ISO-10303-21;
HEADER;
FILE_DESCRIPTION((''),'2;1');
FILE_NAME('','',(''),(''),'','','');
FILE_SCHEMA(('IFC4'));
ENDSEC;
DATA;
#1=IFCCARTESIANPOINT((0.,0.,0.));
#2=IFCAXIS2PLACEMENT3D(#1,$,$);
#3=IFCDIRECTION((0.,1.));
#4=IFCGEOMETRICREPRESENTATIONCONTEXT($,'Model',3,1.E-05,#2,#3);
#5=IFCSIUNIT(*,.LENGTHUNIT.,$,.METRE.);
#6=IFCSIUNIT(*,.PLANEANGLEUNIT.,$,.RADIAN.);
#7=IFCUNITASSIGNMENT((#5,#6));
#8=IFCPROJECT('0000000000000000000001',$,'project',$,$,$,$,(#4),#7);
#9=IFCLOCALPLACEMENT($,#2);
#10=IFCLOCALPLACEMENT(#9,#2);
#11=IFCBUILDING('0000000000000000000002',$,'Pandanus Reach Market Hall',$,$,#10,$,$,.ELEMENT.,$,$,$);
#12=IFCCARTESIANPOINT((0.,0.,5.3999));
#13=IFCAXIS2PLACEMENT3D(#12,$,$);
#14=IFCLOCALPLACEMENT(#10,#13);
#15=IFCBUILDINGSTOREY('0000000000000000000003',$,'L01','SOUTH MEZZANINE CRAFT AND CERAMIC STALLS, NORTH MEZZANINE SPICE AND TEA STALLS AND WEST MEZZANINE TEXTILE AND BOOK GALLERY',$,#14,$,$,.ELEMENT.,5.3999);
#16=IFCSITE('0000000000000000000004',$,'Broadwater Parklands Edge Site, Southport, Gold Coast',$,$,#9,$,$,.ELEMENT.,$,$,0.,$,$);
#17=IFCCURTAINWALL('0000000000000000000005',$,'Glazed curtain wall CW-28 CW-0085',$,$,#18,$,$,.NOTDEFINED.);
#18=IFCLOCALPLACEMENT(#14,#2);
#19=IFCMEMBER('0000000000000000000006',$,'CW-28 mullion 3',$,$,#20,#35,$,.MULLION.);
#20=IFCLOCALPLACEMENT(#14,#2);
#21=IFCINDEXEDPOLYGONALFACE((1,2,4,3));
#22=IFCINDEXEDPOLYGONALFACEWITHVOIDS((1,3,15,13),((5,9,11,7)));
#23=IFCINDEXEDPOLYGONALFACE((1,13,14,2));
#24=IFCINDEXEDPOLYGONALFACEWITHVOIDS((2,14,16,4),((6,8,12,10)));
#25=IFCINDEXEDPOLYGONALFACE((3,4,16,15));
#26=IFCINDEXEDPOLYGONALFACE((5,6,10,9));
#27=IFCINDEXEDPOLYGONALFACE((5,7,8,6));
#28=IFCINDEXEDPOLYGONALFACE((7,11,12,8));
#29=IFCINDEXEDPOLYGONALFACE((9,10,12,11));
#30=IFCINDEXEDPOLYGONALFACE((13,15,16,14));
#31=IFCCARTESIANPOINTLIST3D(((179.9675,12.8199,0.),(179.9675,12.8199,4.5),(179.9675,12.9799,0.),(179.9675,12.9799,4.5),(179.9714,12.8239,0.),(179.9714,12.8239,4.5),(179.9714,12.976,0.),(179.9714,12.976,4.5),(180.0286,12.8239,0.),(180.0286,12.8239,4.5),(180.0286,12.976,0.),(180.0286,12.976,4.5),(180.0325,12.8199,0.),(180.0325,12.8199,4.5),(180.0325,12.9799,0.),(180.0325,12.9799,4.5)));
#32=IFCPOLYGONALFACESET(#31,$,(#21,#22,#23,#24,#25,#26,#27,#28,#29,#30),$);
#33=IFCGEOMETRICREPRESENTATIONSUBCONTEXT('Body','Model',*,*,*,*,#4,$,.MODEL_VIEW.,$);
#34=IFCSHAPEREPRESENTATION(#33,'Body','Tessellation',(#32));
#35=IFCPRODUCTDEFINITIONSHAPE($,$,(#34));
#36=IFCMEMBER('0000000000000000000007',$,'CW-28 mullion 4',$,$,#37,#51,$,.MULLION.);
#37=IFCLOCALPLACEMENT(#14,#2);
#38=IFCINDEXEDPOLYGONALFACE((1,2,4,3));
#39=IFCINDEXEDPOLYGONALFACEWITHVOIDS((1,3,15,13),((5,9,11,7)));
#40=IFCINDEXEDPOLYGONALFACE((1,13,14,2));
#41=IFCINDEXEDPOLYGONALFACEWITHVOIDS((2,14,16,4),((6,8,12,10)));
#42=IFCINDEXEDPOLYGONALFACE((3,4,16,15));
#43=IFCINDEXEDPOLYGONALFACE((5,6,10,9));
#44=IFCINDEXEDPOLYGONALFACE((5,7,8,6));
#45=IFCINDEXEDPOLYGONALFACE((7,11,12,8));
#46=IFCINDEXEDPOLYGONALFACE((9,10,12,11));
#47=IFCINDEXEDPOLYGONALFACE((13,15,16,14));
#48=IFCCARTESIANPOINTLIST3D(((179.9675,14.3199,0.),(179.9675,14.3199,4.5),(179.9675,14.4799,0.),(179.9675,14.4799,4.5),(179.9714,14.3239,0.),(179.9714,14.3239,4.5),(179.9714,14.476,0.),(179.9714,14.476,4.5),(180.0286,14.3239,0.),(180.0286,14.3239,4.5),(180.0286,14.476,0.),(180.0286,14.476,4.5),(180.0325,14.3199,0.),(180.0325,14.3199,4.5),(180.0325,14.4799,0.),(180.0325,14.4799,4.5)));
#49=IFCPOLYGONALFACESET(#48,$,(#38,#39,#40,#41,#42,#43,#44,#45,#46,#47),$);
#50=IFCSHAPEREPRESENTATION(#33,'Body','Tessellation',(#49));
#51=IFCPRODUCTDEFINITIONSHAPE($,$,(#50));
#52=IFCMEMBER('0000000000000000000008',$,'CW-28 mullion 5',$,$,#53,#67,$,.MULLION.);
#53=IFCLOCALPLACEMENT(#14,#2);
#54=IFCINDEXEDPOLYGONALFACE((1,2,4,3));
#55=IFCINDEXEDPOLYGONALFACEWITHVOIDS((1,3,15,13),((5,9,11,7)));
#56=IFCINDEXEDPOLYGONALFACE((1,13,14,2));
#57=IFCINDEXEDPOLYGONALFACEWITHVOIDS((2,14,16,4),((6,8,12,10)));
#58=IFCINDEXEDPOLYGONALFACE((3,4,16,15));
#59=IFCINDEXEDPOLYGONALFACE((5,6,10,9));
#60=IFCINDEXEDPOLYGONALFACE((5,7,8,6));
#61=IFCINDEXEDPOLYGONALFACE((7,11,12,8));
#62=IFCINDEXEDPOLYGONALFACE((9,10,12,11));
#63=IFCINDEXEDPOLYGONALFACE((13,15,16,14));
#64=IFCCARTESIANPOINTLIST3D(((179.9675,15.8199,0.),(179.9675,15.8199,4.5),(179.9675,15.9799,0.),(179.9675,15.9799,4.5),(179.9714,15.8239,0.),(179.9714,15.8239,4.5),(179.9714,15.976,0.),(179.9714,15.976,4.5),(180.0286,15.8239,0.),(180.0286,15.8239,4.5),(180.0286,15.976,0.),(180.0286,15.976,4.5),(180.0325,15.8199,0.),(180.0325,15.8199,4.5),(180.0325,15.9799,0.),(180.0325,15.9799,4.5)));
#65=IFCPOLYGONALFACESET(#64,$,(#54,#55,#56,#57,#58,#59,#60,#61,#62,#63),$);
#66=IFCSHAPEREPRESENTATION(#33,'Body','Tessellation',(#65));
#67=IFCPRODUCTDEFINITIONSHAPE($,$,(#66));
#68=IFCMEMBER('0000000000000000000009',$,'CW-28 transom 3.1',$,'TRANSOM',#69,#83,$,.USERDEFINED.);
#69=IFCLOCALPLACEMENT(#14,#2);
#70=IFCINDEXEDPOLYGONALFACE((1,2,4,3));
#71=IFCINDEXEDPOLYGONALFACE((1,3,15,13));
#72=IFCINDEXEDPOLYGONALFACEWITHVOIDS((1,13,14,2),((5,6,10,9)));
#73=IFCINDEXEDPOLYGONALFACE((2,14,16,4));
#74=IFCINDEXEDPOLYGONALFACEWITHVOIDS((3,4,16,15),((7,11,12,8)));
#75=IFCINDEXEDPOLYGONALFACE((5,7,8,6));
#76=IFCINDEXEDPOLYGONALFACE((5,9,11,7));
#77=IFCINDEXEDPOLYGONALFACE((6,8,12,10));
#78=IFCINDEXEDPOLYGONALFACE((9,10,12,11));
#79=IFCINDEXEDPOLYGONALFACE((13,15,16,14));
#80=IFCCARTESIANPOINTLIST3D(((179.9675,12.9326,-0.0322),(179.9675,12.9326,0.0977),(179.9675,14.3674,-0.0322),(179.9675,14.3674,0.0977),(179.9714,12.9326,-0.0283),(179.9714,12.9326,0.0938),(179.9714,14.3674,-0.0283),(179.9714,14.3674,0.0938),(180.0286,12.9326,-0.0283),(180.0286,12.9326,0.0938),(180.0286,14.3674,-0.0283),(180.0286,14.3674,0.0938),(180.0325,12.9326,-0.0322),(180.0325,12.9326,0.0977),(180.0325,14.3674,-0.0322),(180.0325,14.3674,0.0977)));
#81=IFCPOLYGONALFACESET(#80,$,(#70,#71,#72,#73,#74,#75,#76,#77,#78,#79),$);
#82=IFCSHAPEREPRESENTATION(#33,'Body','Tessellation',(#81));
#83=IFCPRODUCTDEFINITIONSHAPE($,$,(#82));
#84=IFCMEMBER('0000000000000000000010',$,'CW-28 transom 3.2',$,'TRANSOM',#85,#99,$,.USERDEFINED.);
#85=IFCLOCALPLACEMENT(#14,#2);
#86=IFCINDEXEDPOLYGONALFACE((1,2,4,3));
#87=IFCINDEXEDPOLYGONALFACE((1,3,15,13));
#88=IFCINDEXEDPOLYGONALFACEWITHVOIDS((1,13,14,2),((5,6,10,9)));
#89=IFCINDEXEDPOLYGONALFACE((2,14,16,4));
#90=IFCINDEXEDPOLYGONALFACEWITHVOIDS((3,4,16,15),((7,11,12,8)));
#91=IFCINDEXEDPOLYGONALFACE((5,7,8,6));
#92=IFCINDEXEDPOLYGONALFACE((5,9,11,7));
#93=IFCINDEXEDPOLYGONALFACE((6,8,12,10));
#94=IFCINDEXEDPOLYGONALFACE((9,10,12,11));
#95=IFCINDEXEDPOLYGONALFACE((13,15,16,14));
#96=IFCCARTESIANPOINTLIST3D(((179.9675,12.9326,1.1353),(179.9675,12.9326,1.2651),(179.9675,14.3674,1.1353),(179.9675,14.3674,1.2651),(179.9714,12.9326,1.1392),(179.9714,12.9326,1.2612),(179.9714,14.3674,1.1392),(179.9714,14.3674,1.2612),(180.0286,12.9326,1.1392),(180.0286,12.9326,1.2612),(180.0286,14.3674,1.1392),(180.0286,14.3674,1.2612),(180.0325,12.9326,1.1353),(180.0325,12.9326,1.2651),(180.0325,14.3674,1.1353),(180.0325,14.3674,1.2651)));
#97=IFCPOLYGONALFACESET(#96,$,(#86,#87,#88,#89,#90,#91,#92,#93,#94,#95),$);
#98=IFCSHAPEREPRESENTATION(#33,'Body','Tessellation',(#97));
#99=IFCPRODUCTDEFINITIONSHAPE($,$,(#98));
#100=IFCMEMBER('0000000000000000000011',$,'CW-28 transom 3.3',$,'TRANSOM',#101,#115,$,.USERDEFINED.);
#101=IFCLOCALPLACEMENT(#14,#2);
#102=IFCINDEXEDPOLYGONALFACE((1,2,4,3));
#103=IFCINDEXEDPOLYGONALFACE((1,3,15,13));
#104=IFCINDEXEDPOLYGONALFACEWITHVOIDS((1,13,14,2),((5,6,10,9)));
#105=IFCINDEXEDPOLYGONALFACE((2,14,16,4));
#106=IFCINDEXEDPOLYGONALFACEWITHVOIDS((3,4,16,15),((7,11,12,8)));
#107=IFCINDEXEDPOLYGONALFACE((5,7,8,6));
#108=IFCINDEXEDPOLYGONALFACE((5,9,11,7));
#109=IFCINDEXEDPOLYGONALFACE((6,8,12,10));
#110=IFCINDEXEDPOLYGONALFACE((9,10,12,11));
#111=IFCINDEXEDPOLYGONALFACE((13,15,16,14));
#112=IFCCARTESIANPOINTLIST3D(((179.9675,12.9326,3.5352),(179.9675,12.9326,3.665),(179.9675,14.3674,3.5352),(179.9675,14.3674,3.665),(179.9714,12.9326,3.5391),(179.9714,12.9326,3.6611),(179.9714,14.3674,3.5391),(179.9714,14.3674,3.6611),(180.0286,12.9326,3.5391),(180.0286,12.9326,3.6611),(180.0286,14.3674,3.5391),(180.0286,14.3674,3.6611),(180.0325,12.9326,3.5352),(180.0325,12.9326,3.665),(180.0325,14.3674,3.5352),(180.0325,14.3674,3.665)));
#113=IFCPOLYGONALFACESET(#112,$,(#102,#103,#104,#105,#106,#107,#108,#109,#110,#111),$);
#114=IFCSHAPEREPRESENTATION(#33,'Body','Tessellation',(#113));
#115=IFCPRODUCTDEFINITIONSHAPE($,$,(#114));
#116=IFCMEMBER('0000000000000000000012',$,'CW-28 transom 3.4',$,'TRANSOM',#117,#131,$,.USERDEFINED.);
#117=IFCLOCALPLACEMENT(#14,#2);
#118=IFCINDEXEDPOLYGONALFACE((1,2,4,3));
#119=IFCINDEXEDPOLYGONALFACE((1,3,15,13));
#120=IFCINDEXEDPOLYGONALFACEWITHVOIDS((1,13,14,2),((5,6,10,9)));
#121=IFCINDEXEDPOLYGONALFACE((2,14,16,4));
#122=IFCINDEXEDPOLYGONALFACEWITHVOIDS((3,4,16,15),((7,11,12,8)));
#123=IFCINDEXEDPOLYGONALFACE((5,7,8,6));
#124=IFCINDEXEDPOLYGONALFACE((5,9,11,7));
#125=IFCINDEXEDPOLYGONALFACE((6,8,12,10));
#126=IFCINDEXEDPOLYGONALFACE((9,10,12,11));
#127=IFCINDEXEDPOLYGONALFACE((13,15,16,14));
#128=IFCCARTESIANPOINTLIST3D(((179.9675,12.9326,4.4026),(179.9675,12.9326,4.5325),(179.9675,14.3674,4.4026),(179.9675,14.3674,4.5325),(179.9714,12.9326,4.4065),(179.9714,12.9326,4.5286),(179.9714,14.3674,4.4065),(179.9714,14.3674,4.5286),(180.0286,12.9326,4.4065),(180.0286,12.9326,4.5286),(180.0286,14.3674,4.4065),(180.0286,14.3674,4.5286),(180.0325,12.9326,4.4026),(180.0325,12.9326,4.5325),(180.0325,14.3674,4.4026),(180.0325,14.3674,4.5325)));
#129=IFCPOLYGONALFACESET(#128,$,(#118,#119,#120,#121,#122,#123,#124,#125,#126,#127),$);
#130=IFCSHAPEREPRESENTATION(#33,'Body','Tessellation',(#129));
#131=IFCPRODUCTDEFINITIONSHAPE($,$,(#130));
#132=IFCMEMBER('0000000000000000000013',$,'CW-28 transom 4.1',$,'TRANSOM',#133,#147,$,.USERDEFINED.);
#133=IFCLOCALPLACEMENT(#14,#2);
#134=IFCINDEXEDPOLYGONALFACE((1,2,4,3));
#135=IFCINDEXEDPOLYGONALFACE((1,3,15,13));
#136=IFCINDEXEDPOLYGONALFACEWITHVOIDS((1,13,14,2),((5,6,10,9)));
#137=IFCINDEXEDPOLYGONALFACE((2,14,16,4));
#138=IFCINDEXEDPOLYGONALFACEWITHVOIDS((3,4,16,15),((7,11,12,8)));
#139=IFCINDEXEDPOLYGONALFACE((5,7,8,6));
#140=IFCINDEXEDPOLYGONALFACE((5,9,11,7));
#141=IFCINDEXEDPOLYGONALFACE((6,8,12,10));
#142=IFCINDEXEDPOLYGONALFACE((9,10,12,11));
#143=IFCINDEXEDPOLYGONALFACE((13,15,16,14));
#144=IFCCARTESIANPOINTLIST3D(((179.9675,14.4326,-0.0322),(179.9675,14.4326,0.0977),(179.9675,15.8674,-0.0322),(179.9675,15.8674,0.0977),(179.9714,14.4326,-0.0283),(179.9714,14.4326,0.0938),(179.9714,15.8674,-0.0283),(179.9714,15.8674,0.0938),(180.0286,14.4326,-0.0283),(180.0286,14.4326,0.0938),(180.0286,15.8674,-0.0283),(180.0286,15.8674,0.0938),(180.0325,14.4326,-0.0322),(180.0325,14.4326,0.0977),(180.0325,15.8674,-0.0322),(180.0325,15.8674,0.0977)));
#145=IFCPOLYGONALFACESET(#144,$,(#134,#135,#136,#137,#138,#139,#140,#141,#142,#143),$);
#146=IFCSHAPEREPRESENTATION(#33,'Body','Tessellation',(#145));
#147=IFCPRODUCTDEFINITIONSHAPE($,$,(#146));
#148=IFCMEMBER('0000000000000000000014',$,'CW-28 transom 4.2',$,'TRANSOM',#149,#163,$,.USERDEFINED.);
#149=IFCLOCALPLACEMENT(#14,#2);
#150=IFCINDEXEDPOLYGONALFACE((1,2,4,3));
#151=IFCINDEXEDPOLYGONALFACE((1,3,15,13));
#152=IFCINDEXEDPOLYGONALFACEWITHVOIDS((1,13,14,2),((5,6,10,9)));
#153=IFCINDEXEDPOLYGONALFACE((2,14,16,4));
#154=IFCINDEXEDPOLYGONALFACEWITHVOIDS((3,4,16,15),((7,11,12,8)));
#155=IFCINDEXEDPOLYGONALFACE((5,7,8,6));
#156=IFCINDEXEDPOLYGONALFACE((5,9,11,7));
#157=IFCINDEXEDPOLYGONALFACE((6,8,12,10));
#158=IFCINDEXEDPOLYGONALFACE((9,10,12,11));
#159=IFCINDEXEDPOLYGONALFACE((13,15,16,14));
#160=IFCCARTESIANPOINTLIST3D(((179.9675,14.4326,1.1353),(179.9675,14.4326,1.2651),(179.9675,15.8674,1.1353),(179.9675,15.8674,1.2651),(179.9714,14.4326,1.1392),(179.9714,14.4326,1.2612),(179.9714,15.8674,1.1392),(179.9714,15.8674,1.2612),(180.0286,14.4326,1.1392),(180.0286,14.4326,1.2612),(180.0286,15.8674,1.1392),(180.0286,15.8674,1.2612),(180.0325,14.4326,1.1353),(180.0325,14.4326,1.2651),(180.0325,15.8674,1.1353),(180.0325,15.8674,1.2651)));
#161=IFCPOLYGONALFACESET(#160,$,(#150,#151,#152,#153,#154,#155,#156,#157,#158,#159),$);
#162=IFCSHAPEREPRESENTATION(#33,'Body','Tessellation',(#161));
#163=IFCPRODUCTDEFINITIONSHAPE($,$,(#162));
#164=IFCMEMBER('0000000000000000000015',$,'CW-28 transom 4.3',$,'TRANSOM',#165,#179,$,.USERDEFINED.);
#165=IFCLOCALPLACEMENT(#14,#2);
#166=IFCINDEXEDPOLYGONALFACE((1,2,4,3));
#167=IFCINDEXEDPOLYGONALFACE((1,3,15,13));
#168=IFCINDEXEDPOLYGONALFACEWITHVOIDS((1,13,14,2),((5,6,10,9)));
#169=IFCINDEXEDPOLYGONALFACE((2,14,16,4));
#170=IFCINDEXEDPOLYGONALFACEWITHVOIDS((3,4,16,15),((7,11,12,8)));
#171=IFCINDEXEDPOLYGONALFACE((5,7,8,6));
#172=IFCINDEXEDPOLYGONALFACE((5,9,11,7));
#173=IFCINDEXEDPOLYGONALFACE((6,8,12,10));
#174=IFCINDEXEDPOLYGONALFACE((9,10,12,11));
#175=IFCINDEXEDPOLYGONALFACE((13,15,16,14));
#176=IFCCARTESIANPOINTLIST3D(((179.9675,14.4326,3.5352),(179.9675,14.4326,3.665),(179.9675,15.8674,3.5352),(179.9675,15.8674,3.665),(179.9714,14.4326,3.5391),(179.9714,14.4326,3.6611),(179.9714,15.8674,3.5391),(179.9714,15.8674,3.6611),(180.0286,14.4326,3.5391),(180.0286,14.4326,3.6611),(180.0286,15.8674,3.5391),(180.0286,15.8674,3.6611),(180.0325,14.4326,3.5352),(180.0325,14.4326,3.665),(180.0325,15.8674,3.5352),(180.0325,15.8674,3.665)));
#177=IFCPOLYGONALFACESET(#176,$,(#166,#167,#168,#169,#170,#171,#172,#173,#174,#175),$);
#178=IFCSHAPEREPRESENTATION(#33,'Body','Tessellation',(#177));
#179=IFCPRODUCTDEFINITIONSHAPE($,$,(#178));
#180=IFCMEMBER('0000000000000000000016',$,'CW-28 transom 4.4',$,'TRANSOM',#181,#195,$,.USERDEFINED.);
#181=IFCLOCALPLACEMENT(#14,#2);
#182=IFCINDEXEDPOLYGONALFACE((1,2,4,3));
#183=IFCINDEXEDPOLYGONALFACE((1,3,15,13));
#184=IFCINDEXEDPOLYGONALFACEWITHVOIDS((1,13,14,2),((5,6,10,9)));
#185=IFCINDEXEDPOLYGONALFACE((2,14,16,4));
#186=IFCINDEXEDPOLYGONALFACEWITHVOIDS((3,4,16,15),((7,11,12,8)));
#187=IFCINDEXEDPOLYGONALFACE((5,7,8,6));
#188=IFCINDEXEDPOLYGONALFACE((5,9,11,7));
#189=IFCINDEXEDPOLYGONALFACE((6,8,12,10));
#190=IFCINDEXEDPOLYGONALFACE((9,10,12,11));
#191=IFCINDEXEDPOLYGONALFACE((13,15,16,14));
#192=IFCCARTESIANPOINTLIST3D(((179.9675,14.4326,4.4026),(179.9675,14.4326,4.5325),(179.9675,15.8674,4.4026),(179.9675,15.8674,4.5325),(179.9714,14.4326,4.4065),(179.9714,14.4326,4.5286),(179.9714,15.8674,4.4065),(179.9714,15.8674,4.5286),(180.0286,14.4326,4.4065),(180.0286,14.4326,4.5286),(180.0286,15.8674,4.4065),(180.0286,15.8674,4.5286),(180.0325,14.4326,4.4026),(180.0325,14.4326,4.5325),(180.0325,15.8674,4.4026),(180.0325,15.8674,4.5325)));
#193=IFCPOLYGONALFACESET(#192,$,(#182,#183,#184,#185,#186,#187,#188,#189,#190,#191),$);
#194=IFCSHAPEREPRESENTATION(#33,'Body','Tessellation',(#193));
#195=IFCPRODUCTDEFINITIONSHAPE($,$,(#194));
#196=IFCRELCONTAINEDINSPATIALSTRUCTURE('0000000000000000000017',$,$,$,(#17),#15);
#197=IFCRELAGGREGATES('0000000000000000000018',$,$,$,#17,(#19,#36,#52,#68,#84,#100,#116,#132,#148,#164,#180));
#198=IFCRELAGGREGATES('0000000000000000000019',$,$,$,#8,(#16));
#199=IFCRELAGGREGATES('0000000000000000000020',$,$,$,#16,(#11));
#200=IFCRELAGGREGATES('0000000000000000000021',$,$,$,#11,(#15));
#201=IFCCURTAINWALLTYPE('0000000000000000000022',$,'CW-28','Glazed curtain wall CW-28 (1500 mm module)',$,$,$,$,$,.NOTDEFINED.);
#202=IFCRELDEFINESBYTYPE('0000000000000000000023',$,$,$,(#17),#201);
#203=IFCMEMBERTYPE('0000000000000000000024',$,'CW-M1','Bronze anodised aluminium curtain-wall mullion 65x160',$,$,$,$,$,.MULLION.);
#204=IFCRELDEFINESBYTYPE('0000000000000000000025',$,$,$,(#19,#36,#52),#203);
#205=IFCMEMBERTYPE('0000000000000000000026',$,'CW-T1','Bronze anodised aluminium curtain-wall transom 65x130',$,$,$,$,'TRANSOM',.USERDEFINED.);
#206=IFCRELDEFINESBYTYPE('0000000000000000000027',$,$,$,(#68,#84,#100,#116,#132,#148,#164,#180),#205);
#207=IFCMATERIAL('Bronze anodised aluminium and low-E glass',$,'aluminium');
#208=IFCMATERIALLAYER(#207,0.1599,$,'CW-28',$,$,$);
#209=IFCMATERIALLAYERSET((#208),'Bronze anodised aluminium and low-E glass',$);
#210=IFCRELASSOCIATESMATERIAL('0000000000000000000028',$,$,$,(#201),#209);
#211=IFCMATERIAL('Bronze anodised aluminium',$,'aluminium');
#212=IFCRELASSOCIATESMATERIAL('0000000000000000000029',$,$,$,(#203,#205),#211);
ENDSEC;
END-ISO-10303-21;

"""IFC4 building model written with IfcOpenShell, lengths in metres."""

from ifc_helpers import new_model, si_unit, direction, frame, origin, origin_2d, place, context, subcontext, project, spatial, hollow_rectangle, extrude, material, layer, layer_set, material_profile, profile_set, type_object, element, aggregate, save


model = new_model("IFC4")

# Units and contexts
model_context = context("Model", 3, precision=1e-05, world=origin(), true_north=direction((0.0, 1.0)))
body_context = subcontext(model_context, "Body", "Model", "MODEL_VIEW")
ifc_project = project(units=[si_unit("LENGTHUNIT", "METRE"), si_unit("PLANEANGLEUNIT", "RADIAN")], contexts=[model_context])

# Site, building, storey
site_placement = place(None, origin())
site = spatial("IfcSite", under=ifc_project, at=site_placement, Name="Broadwater Parklands Edge Site, Southport, Gold Coast", CompositionType="ELEMENT", RefElevation=0.0)
building_placement = place(site_placement, origin())
building = spatial("IfcBuilding", under=site, at=building_placement, Name="Pandanus Reach Market Hall", CompositionType="ELEMENT")
storey_placement = place(building_placement, frame((0.0, 0.0, 5.3999)))
storey = spatial("IfcBuildingStorey", under=building, at=storey_placement, Name="L01", Description="SOUTH MEZZANINE CRAFT AND CERAMIC STALLS, NORTH MEZZANINE SPICE AND TEA STALLS AND WEST MEZZANINE TEXTILE AND BOOK GALLERY", CompositionType="ELEMENT", Elevation=5.3999)

# Curtain wall, members
ifc_material_1 = material(Name="Bronze anodised aluminium and low-E glass", Category="aluminium")
ifc_layer_1 = layer(ifc_material_1, 0.1599, Name="CW-28")
ifc_layer_set_1 = layer_set([ifc_layer_1], Name="Bronze anodised aluminium and low-E glass")
curtain_wall_type = type_object("IfcCurtainWallType", Name="CW-28", Description="Glazed curtain wall CW-28 (1500 mm module)", PredefinedType="NOTDEFINED", material=ifc_layer_set_1)
curtain_wall_placement = place(storey_placement, origin())
curtain_wall = element("IfcCurtainWall", 1, at=curtain_wall_placement, inside=storey, type_object=curtain_wall_type, Name="Glazed curtain wall CW-28 CW-0085", PredefinedType="NOTDEFINED")
ifc_material_2 = material(Name="Bronze anodised aluminium", Category="aluminium")
ifc_material_profile_1 = material_profile(ifc_material_2, hollow_rectangle(XDim=0.0649, YDim=0.1599, WallThickness=0.0039, at=origin_2d()), Name="ALU65x160", Category="LoadBearing")
ifc_profile_set_1 = profile_set([ifc_material_profile_1], Name="Bronze anodised aluminium")
member_type_1 = type_object("IfcMemberType", Name="CW-M1", Description="Bronze anodised aluminium curtain-wall mullion 65x160", PredefinedType="MULLION", material=ifc_profile_set_1)
member_1_placement = place(storey_placement, frame((180.0, 12.8999, 0.0), z_axis=(0.0, 0.0, 1.0), x_axis=(-1.0, 0.0, 0.0)))
member_1 = element("IfcMember", 2, at=member_1_placement, type_object=member_type_1, Name="CW-28 mullion 3", PredefinedType="MULLION", context=body_context, shape_type="SweptSolid", body=[
    extrude(hollow_rectangle(XDim=0.0649, YDim=0.1599, WallThickness=0.0039, at=origin_2d()), origin(), (0.0, 0.0, 1.0), 4.5),
])
member_2_placement = place(storey_placement, frame((180.0, 14.3999, 0.0), z_axis=(0.0, 0.0, 1.0), x_axis=(-1.0, 0.0, 0.0)))
member_2 = element("IfcMember", 3, at=member_2_placement, type_object=member_type_1, Name="CW-28 mullion 4", PredefinedType="MULLION", context=body_context, shape_type="SweptSolid", body=[
    extrude(hollow_rectangle(XDim=0.0649, YDim=0.1599, WallThickness=0.0039, at=origin_2d()), origin(), (0.0, 0.0, 1.0), 4.5),
])
member_3_placement = place(storey_placement, frame((180.0, 15.8999, 0.0), z_axis=(0.0, 0.0, 1.0), x_axis=(-1.0, 0.0, 0.0)))
member_3 = element("IfcMember", 4, at=member_3_placement, type_object=member_type_1, Name="CW-28 mullion 5", PredefinedType="MULLION", context=body_context, shape_type="SweptSolid", body=[
    extrude(hollow_rectangle(XDim=0.0649, YDim=0.1599, WallThickness=0.0039, at=origin_2d()), origin(), (0.0, 0.0, 1.0), 4.5),
])
ifc_material_profile_2 = material_profile(ifc_material_2, hollow_rectangle(XDim=0.0649, YDim=0.1299, WallThickness=0.0039, at=origin_2d()), Name="ALU65x130", Category="LoadBearing")
ifc_profile_set_2 = profile_set([ifc_material_profile_2], Name="Bronze anodised aluminium")
member_type_2 = type_object("IfcMemberType", Name="CW-T1", Description="Bronze anodised aluminium curtain-wall transom 65x130", ElementType="TRANSOM", PredefinedType="USERDEFINED", material=ifc_profile_set_2)
member_4_placement = place(storey_placement, frame((180.0, 12.9326, 0.0327), z_axis=(0.0, 1.0, 0.0), x_axis=(-1.0, 0.0, 0.0)))
member_4 = element("IfcMember", 5, at=member_4_placement, type_object=member_type_2, Name="CW-28 transom 3.1", ObjectType="TRANSOM", PredefinedType="USERDEFINED", context=body_context, shape_type="SweptSolid", body=[
    extrude(hollow_rectangle(XDim=0.0649, YDim=0.1299, WallThickness=0.0039, at=origin_2d()), origin(), (0.0, 0.0, 1.0), 1.4348),
])
member_5_placement = place(storey_placement, frame((180.0, 12.9326, 1.2002), z_axis=(0.0, 1.0, 0.0), x_axis=(-1.0, 0.0, 0.0)))
member_5 = element("IfcMember", 6, at=member_5_placement, type_object=member_type_2, Name="CW-28 transom 3.2", ObjectType="TRANSOM", PredefinedType="USERDEFINED", context=body_context, shape_type="SweptSolid", body=[
    extrude(hollow_rectangle(XDim=0.0649, YDim=0.1299, WallThickness=0.0039, at=origin_2d()), origin(), (0.0, 0.0, 1.0), 1.4348),
])
member_6_placement = place(storey_placement, frame((180.0, 12.9326, 3.6001), z_axis=(0.0, 1.0, 0.0), x_axis=(-1.0, 0.0, 0.0)))
member_6 = element("IfcMember", 7, at=member_6_placement, type_object=member_type_2, Name="CW-28 transom 3.3", ObjectType="TRANSOM", PredefinedType="USERDEFINED", context=body_context, shape_type="SweptSolid", body=[
    extrude(hollow_rectangle(XDim=0.0649, YDim=0.1299, WallThickness=0.0039, at=origin_2d()), origin(), (0.0, 0.0, 1.0), 1.4348),
])
member_7_placement = place(storey_placement, frame((180.0, 12.9326, 4.4675), z_axis=(0.0, 1.0, 0.0), x_axis=(-1.0, 0.0, 0.0)))
member_7 = element("IfcMember", 8, at=member_7_placement, type_object=member_type_2, Name="CW-28 transom 3.4", ObjectType="TRANSOM", PredefinedType="USERDEFINED", context=body_context, shape_type="SweptSolid", body=[
    extrude(hollow_rectangle(XDim=0.0649, YDim=0.1299, WallThickness=0.0039, at=origin_2d()), origin(), (0.0, 0.0, 1.0), 1.4348),
])
member_8_placement = place(storey_placement, frame((180.0, 14.4326, 0.0327), z_axis=(0.0, 1.0, 0.0), x_axis=(-1.0, 0.0, 0.0)))
member_8 = element("IfcMember", 9, at=member_8_placement, type_object=member_type_2, Name="CW-28 transom 4.1", ObjectType="TRANSOM", PredefinedType="USERDEFINED", context=body_context, shape_type="SweptSolid", body=[
    extrude(hollow_rectangle(XDim=0.0649, YDim=0.1299, WallThickness=0.0039, at=origin_2d()), origin(), (0.0, 0.0, 1.0), 1.4348),
])
member_9_placement = place(storey_placement, frame((180.0, 14.4326, 1.2002), z_axis=(0.0, 1.0, 0.0), x_axis=(-1.0, 0.0, 0.0)))
member_9 = element("IfcMember", 10, at=member_9_placement, type_object=member_type_2, Name="CW-28 transom 4.2", ObjectType="TRANSOM", PredefinedType="USERDEFINED", context=body_context, shape_type="SweptSolid", body=[
    extrude(hollow_rectangle(XDim=0.0649, YDim=0.1299, WallThickness=0.0039, at=origin_2d()), origin(), (0.0, 0.0, 1.0), 1.4348),
])
member_10_placement = place(storey_placement, frame((180.0, 14.4326, 3.6001), z_axis=(0.0, 1.0, 0.0), x_axis=(-1.0, 0.0, 0.0)))
member_10 = element("IfcMember", 11, at=member_10_placement, type_object=member_type_2, Name="CW-28 transom 4.3", ObjectType="TRANSOM", PredefinedType="USERDEFINED", context=body_context, shape_type="SweptSolid", body=[
    extrude(hollow_rectangle(XDim=0.0649, YDim=0.1299, WallThickness=0.0039, at=origin_2d()), origin(), (0.0, 0.0, 1.0), 1.4348),
])
member_11_placement = place(storey_placement, frame((180.0, 14.4326, 4.4675), z_axis=(0.0, 1.0, 0.0), x_axis=(-1.0, 0.0, 0.0)))
member_11 = element("IfcMember", 12, at=member_11_placement, type_object=member_type_2, Name="CW-28 transom 4.4", ObjectType="TRANSOM", PredefinedType="USERDEFINED", context=body_context, shape_type="SweptSolid", body=[
    extrude(hollow_rectangle(XDim=0.0649, YDim=0.1299, WallThickness=0.0039, at=origin_2d()), origin(), (0.0, 0.0, 1.0), 1.4348),
])
aggregate(curtain_wall, [member_1, member_2, member_3, member_4, member_5, member_6, member_7, member_8, member_9, member_10, member_11])

save(model, "model.ifc")
